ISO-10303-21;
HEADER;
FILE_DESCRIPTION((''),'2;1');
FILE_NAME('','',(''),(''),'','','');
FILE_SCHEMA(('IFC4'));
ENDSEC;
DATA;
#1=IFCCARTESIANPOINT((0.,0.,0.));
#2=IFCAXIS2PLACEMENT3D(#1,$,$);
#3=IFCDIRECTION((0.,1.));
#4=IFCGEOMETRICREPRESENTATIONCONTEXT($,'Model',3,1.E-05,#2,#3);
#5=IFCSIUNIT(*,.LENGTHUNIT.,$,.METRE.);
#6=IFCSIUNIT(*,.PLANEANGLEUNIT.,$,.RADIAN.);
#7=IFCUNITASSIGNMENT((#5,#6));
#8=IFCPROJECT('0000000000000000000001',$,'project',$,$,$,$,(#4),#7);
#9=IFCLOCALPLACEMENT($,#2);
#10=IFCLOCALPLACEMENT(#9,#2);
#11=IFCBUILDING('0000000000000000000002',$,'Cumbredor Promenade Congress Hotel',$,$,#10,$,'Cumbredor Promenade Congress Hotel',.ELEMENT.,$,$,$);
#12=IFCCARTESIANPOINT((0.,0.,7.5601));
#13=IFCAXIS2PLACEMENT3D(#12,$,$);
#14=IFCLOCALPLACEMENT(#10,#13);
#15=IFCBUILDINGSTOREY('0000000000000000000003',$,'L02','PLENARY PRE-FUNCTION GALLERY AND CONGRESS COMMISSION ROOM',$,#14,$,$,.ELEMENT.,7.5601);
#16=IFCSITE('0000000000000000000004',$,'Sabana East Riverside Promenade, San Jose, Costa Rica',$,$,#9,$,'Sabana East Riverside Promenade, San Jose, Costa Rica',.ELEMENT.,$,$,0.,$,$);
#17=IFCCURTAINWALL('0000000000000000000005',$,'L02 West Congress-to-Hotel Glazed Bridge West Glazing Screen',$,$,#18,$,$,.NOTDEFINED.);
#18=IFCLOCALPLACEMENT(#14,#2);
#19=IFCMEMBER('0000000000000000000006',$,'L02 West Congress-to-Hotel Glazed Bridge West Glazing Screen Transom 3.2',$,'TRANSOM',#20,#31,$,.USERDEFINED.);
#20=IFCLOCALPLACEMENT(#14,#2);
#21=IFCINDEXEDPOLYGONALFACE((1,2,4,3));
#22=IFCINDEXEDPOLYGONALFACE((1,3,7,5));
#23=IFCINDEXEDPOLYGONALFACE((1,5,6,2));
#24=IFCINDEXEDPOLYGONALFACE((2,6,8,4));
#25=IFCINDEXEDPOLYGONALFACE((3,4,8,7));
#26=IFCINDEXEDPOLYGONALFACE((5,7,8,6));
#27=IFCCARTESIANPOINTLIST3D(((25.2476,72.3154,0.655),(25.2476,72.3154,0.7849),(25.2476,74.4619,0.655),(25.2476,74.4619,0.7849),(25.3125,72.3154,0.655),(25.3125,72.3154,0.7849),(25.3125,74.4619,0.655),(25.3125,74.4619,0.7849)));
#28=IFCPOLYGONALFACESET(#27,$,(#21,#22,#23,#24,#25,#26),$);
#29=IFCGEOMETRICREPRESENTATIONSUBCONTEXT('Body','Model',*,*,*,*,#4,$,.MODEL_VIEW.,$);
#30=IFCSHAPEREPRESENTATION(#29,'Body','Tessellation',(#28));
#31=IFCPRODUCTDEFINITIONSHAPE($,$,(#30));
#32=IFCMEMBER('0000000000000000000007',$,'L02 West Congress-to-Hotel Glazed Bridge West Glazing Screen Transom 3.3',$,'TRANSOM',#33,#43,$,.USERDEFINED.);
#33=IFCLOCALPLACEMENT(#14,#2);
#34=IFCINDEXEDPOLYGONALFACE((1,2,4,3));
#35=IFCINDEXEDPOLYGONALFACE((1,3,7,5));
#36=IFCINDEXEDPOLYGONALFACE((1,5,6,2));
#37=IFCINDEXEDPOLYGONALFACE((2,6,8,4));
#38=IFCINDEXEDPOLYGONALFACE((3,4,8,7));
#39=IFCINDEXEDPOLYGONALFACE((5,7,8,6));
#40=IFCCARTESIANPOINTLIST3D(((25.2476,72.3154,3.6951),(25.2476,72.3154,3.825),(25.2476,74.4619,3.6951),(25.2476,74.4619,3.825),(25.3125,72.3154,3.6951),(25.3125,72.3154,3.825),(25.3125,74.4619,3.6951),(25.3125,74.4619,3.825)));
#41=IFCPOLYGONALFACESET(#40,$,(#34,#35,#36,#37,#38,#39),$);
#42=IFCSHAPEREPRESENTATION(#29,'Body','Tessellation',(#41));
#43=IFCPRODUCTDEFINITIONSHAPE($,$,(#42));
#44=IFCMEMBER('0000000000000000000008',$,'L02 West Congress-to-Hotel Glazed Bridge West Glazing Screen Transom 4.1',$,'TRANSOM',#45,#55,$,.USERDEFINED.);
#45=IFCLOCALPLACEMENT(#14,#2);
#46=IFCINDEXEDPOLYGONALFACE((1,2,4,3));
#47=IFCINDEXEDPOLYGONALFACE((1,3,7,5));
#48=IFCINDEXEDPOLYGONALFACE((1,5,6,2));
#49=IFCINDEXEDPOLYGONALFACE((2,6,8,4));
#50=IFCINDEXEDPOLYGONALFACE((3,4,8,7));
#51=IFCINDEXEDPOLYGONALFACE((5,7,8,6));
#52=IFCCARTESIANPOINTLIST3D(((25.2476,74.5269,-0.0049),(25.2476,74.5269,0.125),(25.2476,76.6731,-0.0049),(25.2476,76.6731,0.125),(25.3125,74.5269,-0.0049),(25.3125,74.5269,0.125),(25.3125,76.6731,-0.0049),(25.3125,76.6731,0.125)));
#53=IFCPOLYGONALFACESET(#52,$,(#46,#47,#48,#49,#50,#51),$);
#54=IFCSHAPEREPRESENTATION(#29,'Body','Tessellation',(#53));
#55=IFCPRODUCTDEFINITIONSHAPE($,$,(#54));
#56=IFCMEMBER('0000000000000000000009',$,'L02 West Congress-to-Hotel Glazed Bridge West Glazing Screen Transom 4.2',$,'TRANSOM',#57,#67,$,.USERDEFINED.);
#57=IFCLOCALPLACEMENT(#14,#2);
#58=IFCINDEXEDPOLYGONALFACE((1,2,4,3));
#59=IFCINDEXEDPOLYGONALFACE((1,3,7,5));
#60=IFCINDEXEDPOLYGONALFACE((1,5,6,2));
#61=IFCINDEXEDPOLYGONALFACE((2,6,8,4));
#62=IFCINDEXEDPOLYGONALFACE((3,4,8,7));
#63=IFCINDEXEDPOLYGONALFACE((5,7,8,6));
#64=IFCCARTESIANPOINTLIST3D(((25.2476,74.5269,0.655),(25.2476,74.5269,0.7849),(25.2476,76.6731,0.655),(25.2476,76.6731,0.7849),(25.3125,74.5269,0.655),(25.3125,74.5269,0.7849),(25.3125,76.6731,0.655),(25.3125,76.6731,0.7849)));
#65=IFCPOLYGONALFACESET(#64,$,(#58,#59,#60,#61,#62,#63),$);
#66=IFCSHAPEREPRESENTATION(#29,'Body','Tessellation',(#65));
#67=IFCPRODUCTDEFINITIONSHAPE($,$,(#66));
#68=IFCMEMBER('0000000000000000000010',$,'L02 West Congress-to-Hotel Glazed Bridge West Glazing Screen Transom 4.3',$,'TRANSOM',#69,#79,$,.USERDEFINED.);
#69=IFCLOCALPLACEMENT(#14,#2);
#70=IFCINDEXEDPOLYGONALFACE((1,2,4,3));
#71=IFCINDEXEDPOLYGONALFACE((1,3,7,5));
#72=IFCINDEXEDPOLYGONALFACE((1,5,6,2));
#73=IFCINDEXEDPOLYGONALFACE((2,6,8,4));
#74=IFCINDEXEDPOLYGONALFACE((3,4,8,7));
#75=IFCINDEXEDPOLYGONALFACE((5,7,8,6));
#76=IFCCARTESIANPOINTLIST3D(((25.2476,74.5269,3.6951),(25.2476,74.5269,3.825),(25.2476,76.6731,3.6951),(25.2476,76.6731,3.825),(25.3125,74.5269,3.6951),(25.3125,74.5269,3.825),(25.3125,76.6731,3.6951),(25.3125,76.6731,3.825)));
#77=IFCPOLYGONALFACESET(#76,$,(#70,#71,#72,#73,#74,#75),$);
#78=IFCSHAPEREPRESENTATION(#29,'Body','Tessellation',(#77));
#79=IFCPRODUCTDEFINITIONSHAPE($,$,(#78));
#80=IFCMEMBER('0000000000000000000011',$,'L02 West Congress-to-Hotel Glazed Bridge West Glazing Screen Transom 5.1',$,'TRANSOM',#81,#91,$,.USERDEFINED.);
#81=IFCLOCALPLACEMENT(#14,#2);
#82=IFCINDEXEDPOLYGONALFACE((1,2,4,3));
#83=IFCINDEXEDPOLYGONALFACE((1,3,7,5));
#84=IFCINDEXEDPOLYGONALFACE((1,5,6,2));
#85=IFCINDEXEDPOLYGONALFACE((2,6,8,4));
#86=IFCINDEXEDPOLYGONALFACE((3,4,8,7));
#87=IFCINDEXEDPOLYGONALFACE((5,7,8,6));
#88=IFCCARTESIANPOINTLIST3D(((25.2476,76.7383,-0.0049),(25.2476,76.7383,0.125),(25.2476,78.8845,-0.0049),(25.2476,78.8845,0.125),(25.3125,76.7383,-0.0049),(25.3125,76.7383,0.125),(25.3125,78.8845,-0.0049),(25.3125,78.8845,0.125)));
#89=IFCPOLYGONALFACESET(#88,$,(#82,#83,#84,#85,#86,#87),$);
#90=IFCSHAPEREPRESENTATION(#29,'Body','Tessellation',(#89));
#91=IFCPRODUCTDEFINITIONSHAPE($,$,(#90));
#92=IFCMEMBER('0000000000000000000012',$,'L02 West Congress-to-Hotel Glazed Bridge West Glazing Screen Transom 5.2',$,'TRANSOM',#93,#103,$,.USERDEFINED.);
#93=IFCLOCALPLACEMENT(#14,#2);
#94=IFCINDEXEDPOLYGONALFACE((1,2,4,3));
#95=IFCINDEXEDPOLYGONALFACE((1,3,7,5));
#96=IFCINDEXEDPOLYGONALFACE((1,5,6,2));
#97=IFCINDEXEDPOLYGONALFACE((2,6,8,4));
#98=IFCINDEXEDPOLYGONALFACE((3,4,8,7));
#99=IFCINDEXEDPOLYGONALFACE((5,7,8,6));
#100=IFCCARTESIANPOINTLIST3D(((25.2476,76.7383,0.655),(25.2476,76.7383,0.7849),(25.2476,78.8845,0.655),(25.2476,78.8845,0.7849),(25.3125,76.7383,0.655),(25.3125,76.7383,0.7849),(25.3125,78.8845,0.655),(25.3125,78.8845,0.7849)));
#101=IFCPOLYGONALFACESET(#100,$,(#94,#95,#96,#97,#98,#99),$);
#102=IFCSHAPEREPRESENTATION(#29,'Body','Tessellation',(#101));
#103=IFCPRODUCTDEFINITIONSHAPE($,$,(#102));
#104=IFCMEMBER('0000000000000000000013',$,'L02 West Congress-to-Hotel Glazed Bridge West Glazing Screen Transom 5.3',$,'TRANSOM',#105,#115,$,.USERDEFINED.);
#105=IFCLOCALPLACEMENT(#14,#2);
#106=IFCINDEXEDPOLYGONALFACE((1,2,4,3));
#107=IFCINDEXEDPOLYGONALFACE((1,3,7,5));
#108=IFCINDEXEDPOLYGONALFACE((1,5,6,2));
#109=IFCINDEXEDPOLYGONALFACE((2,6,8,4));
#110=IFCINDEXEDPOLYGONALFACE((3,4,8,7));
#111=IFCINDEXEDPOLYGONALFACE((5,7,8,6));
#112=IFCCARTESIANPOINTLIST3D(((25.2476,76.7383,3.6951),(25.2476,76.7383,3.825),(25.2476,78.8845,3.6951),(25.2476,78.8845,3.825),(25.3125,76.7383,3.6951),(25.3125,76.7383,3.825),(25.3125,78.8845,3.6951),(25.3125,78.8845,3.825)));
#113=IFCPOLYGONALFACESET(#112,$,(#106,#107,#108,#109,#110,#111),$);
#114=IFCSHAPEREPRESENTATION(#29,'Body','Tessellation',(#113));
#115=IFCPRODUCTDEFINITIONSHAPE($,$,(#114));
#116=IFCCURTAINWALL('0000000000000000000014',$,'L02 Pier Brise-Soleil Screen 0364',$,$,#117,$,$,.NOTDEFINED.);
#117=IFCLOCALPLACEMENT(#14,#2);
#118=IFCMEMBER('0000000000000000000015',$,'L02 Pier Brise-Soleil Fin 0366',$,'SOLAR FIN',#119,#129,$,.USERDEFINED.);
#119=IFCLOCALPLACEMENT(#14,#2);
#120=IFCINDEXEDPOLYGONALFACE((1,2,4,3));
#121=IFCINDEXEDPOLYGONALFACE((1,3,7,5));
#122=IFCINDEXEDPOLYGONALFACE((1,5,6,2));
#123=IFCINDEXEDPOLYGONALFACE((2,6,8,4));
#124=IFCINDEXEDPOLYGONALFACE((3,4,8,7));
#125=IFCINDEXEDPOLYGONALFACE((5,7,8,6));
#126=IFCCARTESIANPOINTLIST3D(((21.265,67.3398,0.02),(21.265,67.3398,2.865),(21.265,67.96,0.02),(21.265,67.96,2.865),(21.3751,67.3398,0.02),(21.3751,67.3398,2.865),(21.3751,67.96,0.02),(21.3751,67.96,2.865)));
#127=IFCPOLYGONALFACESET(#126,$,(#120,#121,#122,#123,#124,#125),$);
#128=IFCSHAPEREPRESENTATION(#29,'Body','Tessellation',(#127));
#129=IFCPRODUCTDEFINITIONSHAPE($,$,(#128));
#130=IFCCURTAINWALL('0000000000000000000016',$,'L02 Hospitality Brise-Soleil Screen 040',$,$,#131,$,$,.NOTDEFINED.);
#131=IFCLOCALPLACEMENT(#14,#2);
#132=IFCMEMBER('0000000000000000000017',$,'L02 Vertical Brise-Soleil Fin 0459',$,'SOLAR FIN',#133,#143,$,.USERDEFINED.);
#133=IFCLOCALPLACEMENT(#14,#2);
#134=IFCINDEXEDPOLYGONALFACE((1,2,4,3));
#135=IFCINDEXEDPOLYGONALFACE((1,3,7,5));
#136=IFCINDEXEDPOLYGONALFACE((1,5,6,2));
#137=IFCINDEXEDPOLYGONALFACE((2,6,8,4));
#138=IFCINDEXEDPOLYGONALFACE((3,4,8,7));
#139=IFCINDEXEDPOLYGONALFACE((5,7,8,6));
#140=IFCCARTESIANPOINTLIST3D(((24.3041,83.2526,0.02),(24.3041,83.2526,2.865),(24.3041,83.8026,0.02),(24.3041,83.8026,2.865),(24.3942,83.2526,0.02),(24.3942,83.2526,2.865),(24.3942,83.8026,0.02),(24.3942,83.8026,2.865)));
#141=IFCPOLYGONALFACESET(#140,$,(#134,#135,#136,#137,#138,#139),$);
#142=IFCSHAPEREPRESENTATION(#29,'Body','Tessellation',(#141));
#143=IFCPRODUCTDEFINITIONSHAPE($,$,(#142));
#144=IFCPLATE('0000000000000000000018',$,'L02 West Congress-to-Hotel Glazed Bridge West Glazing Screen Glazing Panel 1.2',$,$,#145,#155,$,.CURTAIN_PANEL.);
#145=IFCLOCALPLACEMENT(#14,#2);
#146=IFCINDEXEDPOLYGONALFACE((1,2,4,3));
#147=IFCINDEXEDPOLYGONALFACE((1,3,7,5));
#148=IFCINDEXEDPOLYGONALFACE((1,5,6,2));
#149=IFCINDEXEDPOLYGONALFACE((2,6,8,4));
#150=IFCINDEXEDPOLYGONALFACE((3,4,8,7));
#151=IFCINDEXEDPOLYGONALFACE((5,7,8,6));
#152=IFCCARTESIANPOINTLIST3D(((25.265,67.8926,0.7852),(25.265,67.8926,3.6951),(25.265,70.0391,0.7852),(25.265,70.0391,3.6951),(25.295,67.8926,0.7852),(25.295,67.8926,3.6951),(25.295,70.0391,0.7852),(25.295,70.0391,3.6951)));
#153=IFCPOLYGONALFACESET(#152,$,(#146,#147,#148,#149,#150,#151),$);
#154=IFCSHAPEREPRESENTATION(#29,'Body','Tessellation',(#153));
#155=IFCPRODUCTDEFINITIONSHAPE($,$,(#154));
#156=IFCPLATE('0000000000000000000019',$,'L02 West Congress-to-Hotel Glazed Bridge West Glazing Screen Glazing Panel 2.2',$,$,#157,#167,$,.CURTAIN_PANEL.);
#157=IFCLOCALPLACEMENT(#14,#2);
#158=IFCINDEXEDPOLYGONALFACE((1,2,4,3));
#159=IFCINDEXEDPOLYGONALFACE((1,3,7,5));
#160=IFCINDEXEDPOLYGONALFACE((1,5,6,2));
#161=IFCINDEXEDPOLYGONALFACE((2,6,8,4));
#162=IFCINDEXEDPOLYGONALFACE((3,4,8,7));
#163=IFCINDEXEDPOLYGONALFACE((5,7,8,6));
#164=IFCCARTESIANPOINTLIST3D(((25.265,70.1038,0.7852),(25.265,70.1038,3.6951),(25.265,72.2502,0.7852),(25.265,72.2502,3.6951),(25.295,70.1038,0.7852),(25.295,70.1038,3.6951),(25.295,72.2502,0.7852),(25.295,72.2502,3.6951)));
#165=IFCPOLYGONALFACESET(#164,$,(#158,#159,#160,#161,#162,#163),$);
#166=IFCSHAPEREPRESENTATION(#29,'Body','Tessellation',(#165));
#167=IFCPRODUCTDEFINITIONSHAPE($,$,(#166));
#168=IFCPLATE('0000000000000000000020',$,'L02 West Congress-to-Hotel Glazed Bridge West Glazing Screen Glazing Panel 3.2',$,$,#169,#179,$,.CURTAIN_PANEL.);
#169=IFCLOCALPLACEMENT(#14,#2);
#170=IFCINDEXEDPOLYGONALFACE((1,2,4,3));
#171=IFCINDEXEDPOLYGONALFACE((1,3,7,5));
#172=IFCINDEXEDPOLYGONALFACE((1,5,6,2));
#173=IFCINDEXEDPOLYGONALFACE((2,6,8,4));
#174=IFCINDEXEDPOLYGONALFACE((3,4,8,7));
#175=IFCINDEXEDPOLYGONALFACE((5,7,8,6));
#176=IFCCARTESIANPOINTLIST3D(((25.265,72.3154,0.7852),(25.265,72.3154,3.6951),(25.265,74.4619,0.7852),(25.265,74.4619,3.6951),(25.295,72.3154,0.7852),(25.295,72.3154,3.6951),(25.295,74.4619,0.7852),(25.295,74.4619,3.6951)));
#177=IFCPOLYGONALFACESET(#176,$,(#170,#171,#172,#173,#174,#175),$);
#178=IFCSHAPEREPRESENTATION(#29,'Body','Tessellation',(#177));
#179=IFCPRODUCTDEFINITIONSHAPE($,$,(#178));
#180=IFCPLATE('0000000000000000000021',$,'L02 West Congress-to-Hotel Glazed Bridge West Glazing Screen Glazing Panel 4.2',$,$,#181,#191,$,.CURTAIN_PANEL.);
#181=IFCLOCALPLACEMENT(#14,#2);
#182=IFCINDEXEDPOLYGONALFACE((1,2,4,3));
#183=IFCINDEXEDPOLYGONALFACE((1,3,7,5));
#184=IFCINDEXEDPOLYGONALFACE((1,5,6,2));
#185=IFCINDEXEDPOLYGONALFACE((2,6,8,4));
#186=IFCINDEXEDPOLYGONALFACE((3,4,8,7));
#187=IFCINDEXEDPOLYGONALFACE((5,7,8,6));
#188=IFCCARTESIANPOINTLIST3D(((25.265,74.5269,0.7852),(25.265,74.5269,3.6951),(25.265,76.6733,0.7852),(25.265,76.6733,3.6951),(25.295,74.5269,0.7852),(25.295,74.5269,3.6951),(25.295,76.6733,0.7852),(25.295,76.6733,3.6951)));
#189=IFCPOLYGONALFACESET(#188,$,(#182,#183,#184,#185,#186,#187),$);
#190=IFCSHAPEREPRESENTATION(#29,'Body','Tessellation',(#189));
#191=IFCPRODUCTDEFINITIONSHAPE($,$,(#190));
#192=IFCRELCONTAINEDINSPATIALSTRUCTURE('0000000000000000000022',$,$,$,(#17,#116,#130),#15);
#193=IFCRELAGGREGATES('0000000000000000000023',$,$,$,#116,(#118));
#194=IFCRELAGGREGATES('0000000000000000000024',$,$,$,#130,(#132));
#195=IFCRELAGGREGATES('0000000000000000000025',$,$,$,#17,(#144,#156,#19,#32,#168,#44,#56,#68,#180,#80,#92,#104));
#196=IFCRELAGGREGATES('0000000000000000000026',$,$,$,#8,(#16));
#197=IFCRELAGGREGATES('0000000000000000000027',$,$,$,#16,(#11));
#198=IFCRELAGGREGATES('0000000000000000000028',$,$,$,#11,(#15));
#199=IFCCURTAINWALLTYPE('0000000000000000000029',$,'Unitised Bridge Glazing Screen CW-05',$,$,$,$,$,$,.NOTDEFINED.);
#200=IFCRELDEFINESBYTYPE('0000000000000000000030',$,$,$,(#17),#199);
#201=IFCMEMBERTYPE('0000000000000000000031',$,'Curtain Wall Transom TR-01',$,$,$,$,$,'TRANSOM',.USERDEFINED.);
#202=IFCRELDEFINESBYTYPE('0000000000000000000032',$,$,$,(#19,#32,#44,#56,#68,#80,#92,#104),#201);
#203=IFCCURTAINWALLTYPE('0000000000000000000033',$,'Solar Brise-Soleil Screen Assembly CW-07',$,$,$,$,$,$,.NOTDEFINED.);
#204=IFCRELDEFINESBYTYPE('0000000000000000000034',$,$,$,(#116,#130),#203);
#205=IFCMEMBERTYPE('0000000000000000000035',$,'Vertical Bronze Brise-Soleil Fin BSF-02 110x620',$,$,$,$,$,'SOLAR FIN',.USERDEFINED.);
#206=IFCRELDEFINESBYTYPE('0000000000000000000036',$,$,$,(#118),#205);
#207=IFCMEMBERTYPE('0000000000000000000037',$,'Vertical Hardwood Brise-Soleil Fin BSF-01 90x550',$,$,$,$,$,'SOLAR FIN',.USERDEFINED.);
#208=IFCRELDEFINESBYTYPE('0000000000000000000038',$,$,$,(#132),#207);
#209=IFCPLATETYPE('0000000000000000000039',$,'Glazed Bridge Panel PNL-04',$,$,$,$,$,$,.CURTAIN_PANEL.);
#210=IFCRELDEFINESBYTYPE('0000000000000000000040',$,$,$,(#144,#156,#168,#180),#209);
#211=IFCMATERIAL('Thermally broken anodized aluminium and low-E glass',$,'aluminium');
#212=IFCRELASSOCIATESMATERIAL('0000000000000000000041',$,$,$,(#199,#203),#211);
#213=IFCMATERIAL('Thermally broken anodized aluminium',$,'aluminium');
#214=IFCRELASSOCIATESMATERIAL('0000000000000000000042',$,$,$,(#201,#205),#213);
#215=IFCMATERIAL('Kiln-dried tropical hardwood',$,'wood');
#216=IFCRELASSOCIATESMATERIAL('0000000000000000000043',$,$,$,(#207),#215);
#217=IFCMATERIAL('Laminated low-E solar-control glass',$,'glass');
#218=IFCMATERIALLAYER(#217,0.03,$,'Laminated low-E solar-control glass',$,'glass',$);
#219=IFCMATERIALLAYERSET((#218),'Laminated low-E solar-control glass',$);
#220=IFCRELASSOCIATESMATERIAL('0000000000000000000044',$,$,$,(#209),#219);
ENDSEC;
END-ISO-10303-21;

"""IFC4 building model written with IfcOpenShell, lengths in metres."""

from ifc_helpers import new_model, si_unit, direction, frame, origin, origin_2d, place, context, subcontext, project, spatial, rectangle, extrude, material, layer, layer_set, material_profile, profile_set, type_object, element, aggregate, save


model = new_model("IFC4")

# Units and contexts
model_context = context("Model", 3, precision=1e-05, world=origin(), true_north=direction((0.0, 1.0)))
body_context = subcontext(model_context, "Body", "Model", "MODEL_VIEW")
ifc_project = project(units=[si_unit("LENGTHUNIT", "METRE"), si_unit("PLANEANGLEUNIT", "RADIAN")], contexts=[model_context])

# Site, building, storey
site_placement = place(None, origin())
site = spatial("IfcSite", under=ifc_project, at=site_placement, Name="Sabana East Riverside Promenade, San Jose, Costa Rica", LongName="Sabana East Riverside Promenade, San Jose, Costa Rica", CompositionType="ELEMENT", RefElevation=0.0)
building_placement = place(site_placement, origin())
building = spatial("IfcBuilding", under=site, at=building_placement, Name="Cumbredor Promenade Congress Hotel", LongName="Cumbredor Promenade Congress Hotel", CompositionType="ELEMENT")
storey_placement = place(building_placement, frame((0.0, 0.0, 7.5601)))
storey = spatial("IfcBuildingStorey", under=building, at=storey_placement, Name="L02", Description="PLENARY PRE-FUNCTION GALLERY AND CONGRESS COMMISSION ROOM", CompositionType="ELEMENT", Elevation=7.5601)

# Curtain wall, members
ifc_material_1 = material(Name="Thermally broken anodized aluminium and low-E glass", Category="aluminium")
curtain_wall_type_1 = type_object("IfcCurtainWallType", Name="Unitised Bridge Glazing Screen CW-05", PredefinedType="NOTDEFINED", material=ifc_material_1)
curtain_wall_1_placement = place(storey_placement, origin())
curtain_wall_1 = element("IfcCurtainWall", 1, at=curtain_wall_1_placement, inside=storey, type_object=curtain_wall_type_1, Name="L02 West Congress-to-Hotel Glazed Bridge West Glazing Screen", PredefinedType="NOTDEFINED")
ifc_material_2 = material(Name="Thermally broken anodized aluminium", Category="aluminium")
ifc_material_profile_1 = material_profile(ifc_material_2, rectangle(XDim=0.0649, YDim=0.1299, at=origin_2d()), Name="ALU TRANSOM 65x130")
ifc_profile_set_1 = profile_set([ifc_material_profile_1], Name="Thermally broken anodized aluminium")
member_type_1 = type_object("IfcMemberType", Name="Curtain Wall Transom TR-01", ElementType="TRANSOM", PredefinedType="USERDEFINED", material=ifc_profile_set_1)
member_1_placement = place(storey_placement, frame((25.28, 72.3154, 0.72), z_axis=(0.0, 1.0, 0.0), x_axis=(-1.0, 0.0, 0.0)))
member_1 = element("IfcMember", 2, at=member_1_placement, type_object=member_type_1, Name="L02 West Congress-to-Hotel Glazed Bridge West Glazing Screen Transom 3.2", ObjectType="TRANSOM", PredefinedType="USERDEFINED", context=body_context, shape_type="SweptSolid", body=[
    extrude(rectangle(XDim=0.0649, YDim=0.1299, at=origin_2d()), origin(), (0.0, 0.0, 1.0), 2.1465),
])
member_2_placement = place(storey_placement, frame((25.28, 72.3154, 3.76), z_axis=(0.0, 1.0, 0.0), x_axis=(-1.0, 0.0, 0.0)))
member_2 = element("IfcMember", 3, at=member_2_placement, type_object=member_type_1, Name="L02 West Congress-to-Hotel Glazed Bridge West Glazing Screen Transom 3.3", ObjectType="TRANSOM", PredefinedType="USERDEFINED", context=body_context, shape_type="SweptSolid", body=[
    extrude(rectangle(XDim=0.0649, YDim=0.1299, at=origin_2d()), origin(), (0.0, 0.0, 1.0), 2.1465),
])
member_3_placement = place(storey_placement, frame((25.28, 74.5269, 0.0601), z_axis=(0.0, 1.0, 0.0), x_axis=(-1.0, 0.0, 0.0)))
member_3 = element("IfcMember", 4, at=member_3_placement, type_object=member_type_1, Name="L02 West Congress-to-Hotel Glazed Bridge West Glazing Screen Transom 4.1", ObjectType="TRANSOM", PredefinedType="USERDEFINED", context=body_context, shape_type="SweptSolid", body=[
    extrude(rectangle(XDim=0.0649, YDim=0.1299, at=origin_2d()), origin(), (0.0, 0.0, 1.0), 2.1462),
])
member_4_placement = place(storey_placement, frame((25.28, 74.5269, 0.72), z_axis=(0.0, 1.0, 0.0), x_axis=(-1.0, 0.0, 0.0)))
member_4 = element("IfcMember", 5, at=member_4_placement, type_object=member_type_1, Name="L02 West Congress-to-Hotel Glazed Bridge West Glazing Screen Transom 4.2", ObjectType="TRANSOM", PredefinedType="USERDEFINED", context=body_context, shape_type="SweptSolid", body=[
    extrude(rectangle(XDim=0.0649, YDim=0.1299, at=origin_2d()), origin(), (0.0, 0.0, 1.0), 2.1462),
])
member_5_placement = place(storey_placement, frame((25.28, 74.5269, 3.76), z_axis=(0.0, 1.0, 0.0), x_axis=(-1.0, 0.0, 0.0)))
member_5 = element("IfcMember", 6, at=member_5_placement, type_object=member_type_1, Name="L02 West Congress-to-Hotel Glazed Bridge West Glazing Screen Transom 4.3", ObjectType="TRANSOM", PredefinedType="USERDEFINED", context=body_context, shape_type="SweptSolid", body=[
    extrude(rectangle(XDim=0.0649, YDim=0.1299, at=origin_2d()), origin(), (0.0, 0.0, 1.0), 2.1462),
])
member_6_placement = place(storey_placement, frame((25.28, 76.7383, 0.0601), z_axis=(0.0, 1.0, 0.0), x_axis=(-1.0, 0.0, 0.0)))
member_6 = element("IfcMember", 7, at=member_6_placement, type_object=member_type_1, Name="L02 West Congress-to-Hotel Glazed Bridge West Glazing Screen Transom 5.1", ObjectType="TRANSOM", PredefinedType="USERDEFINED", context=body_context, shape_type="SweptSolid", body=[
    extrude(rectangle(XDim=0.0649, YDim=0.1299, at=origin_2d()), origin(), (0.0, 0.0, 1.0), 2.1462),
])
member_7_placement = place(storey_placement, frame((25.28, 76.7383, 0.72), z_axis=(0.0, 1.0, 0.0), x_axis=(-1.0, 0.0, 0.0)))
member_7 = element("IfcMember", 8, at=member_7_placement, type_object=member_type_1, Name="L02 West Congress-to-Hotel Glazed Bridge West Glazing Screen Transom 5.2", ObjectType="TRANSOM", PredefinedType="USERDEFINED", context=body_context, shape_type="SweptSolid", body=[
    extrude(rectangle(XDim=0.0649, YDim=0.1299, at=origin_2d()), origin(), (0.0, 0.0, 1.0), 2.1462),
])
member_8_placement = place(storey_placement, frame((25.28, 76.7383, 3.76), z_axis=(0.0, 1.0, 0.0), x_axis=(-1.0, 0.0, 0.0)))
member_8 = element("IfcMember", 9, at=member_8_placement, type_object=member_type_1, Name="L02 West Congress-to-Hotel Glazed Bridge West Glazing Screen Transom 5.3", ObjectType="TRANSOM", PredefinedType="USERDEFINED", context=body_context, shape_type="SweptSolid", body=[
    extrude(rectangle(XDim=0.0649, YDim=0.1299, at=origin_2d()), origin(), (0.0, 0.0, 1.0), 2.1462),
])

# Curtain walls, members
curtain_wall_type_2 = type_object("IfcCurtainWallType", Name="Solar Brise-Soleil Screen Assembly CW-07", PredefinedType="NOTDEFINED", material=ifc_material_1)
curtain_wall_2_placement = place(storey_placement, origin())
curtain_wall_2 = element("IfcCurtainWall", 10, at=curtain_wall_2_placement, inside=storey, type_object=curtain_wall_type_2, Name="L02 Pier Brise-Soleil Screen 0364", PredefinedType="NOTDEFINED")
ifc_material_profile_2 = material_profile(ifc_material_2, rectangle(XDim=0.1101, YDim=0.6201, at=origin_2d()), Name="ARCH FIN 110x620")
ifc_profile_set_2 = profile_set([ifc_material_profile_2], Name="Thermally broken anodized aluminium")
member_type_2 = type_object("IfcMemberType", Name="Vertical Bronze Brise-Soleil Fin BSF-02 110x620", ElementType="SOLAR FIN", PredefinedType="USERDEFINED", material=ifc_profile_set_2)
member_9_placement = place(storey_placement, frame((21.3201, 67.6499, 0.02), z_axis=(0.0, 0.0, 1.0), x_axis=(1.0, 0.0, 0.0)))
member_9 = element("IfcMember", 11, at=member_9_placement, type_object=member_type_2, Name="L02 Pier Brise-Soleil Fin 0366", ObjectType="SOLAR FIN", PredefinedType="USERDEFINED", context=body_context, shape_type="SweptSolid", body=[
    extrude(rectangle(XDim=0.1101, YDim=0.6201, at=origin_2d()), origin(), (0.0, 0.0, 1.0), 2.845),
])
aggregate(curtain_wall_2, [member_9])
curtain_wall_3_placement = place(storey_placement, origin())
curtain_wall_3 = element("IfcCurtainWall", 12, at=curtain_wall_3_placement, inside=storey, type_object=curtain_wall_type_2, Name="L02 Hospitality Brise-Soleil Screen 040", PredefinedType="NOTDEFINED")
ifc_material_3 = material(Name="Kiln-dried tropical hardwood", Category="wood")
ifc_material_profile_3 = material_profile(ifc_material_3, rectangle(XDim=0.0901, YDim=0.55, at=origin_2d()), Name="ARCH FIN 90x550")
ifc_profile_set_3 = profile_set([ifc_material_profile_3], Name="Kiln-dried tropical hardwood")
member_type_3 = type_object("IfcMemberType", Name="Vertical Hardwood Brise-Soleil Fin BSF-01 90x550", ElementType="SOLAR FIN", PredefinedType="USERDEFINED", material=ifc_profile_set_3)
member_10_placement = place(storey_placement, frame((24.3491, 83.5276, 0.02), z_axis=(0.0, 0.0, 1.0), x_axis=(1.0, 0.0, 0.0)))
member_10 = element("IfcMember", 13, at=member_10_placement, type_object=member_type_3, Name="L02 Vertical Brise-Soleil Fin 0459", ObjectType="SOLAR FIN", PredefinedType="USERDEFINED", context=body_context, shape_type="SweptSolid", body=[
    extrude(rectangle(XDim=0.0901, YDim=0.55, at=origin_2d()), origin(), (0.0, 0.0, 1.0), 2.845),
])
aggregate(curtain_wall_3, [member_10])

# Plates
ifc_material_4 = material(Name="Laminated low-E solar-control glass", Category="glass")
ifc_layer_1 = layer(ifc_material_4, 0.03, Name="Laminated low-E solar-control glass", Category="glass")
ifc_layer_set_1 = layer_set([ifc_layer_1], Name="Laminated low-E solar-control glass")
plate_type_1 = type_object("IfcPlateType", Name="Glazed Bridge Panel PNL-04", PredefinedType="CURTAIN_PANEL", material=ifc_layer_set_1)
plate_1_placement = place(storey_placement, frame((25.28, 68.9658, 0.7852), z_axis=(0.0, 0.0, 1.0), x_axis=(0.0, 1.0, 0.0)))
plate_1 = element("IfcPlate", 14, at=plate_1_placement, type_object=plate_type_1, Name="L02 West Congress-to-Hotel Glazed Bridge West Glazing Screen Glazing Panel 1.2", PredefinedType="CURTAIN_PANEL", context=body_context, shape_type="SweptSolid", body=[
    extrude(rectangle(XDim=2.1465, YDim=0.03, at=origin_2d()), origin(), (0.0, 0.0, 1.0), 2.9099),
])
plate_2_placement = place(storey_placement, frame((25.28, 71.177, 0.7852), z_axis=(0.0, 0.0, 1.0), x_axis=(0.0, 1.0, 0.0)))
plate_2 = element("IfcPlate", 15, at=plate_2_placement, type_object=plate_type_1, Name="L02 West Congress-to-Hotel Glazed Bridge West Glazing Screen Glazing Panel 2.2", PredefinedType="CURTAIN_PANEL", context=body_context, shape_type="SweptSolid", body=[
    extrude(rectangle(XDim=2.1465, YDim=0.03, at=origin_2d()), origin(), (0.0, 0.0, 1.0), 2.9099),
])
plate_3_placement = place(storey_placement, frame((25.28, 73.3887, 0.7852), z_axis=(0.0, 0.0, 1.0), x_axis=(0.0, 1.0, 0.0)))
plate_3 = element("IfcPlate", 16, at=plate_3_placement, type_object=plate_type_1, Name="L02 West Congress-to-Hotel Glazed Bridge West Glazing Screen Glazing Panel 3.2", PredefinedType="CURTAIN_PANEL", context=body_context, shape_type="SweptSolid", body=[
    extrude(rectangle(XDim=2.1465, YDim=0.03, at=origin_2d()), origin(), (0.0, 0.0, 1.0), 2.9099),
])
plate_4_placement = place(storey_placement, frame((25.28, 75.6001, 0.7852), z_axis=(0.0, 0.0, 1.0), x_axis=(0.0, 1.0, 0.0)))
plate_4 = element("IfcPlate", 17, at=plate_4_placement, type_object=plate_type_1, Name="L02 West Congress-to-Hotel Glazed Bridge West Glazing Screen Glazing Panel 4.2", PredefinedType="CURTAIN_PANEL", context=body_context, shape_type="SweptSolid", body=[
    extrude(rectangle(XDim=2.1465, YDim=0.03, at=origin_2d()), origin(), (0.0, 0.0, 1.0), 2.9099),
])
aggregate(curtain_wall_1, [plate_1, plate_2, member_1, member_2, plate_3, member_3, member_4, member_5, plate_4, member_6, member_7, member_8])

save(model, "model.ifc")
